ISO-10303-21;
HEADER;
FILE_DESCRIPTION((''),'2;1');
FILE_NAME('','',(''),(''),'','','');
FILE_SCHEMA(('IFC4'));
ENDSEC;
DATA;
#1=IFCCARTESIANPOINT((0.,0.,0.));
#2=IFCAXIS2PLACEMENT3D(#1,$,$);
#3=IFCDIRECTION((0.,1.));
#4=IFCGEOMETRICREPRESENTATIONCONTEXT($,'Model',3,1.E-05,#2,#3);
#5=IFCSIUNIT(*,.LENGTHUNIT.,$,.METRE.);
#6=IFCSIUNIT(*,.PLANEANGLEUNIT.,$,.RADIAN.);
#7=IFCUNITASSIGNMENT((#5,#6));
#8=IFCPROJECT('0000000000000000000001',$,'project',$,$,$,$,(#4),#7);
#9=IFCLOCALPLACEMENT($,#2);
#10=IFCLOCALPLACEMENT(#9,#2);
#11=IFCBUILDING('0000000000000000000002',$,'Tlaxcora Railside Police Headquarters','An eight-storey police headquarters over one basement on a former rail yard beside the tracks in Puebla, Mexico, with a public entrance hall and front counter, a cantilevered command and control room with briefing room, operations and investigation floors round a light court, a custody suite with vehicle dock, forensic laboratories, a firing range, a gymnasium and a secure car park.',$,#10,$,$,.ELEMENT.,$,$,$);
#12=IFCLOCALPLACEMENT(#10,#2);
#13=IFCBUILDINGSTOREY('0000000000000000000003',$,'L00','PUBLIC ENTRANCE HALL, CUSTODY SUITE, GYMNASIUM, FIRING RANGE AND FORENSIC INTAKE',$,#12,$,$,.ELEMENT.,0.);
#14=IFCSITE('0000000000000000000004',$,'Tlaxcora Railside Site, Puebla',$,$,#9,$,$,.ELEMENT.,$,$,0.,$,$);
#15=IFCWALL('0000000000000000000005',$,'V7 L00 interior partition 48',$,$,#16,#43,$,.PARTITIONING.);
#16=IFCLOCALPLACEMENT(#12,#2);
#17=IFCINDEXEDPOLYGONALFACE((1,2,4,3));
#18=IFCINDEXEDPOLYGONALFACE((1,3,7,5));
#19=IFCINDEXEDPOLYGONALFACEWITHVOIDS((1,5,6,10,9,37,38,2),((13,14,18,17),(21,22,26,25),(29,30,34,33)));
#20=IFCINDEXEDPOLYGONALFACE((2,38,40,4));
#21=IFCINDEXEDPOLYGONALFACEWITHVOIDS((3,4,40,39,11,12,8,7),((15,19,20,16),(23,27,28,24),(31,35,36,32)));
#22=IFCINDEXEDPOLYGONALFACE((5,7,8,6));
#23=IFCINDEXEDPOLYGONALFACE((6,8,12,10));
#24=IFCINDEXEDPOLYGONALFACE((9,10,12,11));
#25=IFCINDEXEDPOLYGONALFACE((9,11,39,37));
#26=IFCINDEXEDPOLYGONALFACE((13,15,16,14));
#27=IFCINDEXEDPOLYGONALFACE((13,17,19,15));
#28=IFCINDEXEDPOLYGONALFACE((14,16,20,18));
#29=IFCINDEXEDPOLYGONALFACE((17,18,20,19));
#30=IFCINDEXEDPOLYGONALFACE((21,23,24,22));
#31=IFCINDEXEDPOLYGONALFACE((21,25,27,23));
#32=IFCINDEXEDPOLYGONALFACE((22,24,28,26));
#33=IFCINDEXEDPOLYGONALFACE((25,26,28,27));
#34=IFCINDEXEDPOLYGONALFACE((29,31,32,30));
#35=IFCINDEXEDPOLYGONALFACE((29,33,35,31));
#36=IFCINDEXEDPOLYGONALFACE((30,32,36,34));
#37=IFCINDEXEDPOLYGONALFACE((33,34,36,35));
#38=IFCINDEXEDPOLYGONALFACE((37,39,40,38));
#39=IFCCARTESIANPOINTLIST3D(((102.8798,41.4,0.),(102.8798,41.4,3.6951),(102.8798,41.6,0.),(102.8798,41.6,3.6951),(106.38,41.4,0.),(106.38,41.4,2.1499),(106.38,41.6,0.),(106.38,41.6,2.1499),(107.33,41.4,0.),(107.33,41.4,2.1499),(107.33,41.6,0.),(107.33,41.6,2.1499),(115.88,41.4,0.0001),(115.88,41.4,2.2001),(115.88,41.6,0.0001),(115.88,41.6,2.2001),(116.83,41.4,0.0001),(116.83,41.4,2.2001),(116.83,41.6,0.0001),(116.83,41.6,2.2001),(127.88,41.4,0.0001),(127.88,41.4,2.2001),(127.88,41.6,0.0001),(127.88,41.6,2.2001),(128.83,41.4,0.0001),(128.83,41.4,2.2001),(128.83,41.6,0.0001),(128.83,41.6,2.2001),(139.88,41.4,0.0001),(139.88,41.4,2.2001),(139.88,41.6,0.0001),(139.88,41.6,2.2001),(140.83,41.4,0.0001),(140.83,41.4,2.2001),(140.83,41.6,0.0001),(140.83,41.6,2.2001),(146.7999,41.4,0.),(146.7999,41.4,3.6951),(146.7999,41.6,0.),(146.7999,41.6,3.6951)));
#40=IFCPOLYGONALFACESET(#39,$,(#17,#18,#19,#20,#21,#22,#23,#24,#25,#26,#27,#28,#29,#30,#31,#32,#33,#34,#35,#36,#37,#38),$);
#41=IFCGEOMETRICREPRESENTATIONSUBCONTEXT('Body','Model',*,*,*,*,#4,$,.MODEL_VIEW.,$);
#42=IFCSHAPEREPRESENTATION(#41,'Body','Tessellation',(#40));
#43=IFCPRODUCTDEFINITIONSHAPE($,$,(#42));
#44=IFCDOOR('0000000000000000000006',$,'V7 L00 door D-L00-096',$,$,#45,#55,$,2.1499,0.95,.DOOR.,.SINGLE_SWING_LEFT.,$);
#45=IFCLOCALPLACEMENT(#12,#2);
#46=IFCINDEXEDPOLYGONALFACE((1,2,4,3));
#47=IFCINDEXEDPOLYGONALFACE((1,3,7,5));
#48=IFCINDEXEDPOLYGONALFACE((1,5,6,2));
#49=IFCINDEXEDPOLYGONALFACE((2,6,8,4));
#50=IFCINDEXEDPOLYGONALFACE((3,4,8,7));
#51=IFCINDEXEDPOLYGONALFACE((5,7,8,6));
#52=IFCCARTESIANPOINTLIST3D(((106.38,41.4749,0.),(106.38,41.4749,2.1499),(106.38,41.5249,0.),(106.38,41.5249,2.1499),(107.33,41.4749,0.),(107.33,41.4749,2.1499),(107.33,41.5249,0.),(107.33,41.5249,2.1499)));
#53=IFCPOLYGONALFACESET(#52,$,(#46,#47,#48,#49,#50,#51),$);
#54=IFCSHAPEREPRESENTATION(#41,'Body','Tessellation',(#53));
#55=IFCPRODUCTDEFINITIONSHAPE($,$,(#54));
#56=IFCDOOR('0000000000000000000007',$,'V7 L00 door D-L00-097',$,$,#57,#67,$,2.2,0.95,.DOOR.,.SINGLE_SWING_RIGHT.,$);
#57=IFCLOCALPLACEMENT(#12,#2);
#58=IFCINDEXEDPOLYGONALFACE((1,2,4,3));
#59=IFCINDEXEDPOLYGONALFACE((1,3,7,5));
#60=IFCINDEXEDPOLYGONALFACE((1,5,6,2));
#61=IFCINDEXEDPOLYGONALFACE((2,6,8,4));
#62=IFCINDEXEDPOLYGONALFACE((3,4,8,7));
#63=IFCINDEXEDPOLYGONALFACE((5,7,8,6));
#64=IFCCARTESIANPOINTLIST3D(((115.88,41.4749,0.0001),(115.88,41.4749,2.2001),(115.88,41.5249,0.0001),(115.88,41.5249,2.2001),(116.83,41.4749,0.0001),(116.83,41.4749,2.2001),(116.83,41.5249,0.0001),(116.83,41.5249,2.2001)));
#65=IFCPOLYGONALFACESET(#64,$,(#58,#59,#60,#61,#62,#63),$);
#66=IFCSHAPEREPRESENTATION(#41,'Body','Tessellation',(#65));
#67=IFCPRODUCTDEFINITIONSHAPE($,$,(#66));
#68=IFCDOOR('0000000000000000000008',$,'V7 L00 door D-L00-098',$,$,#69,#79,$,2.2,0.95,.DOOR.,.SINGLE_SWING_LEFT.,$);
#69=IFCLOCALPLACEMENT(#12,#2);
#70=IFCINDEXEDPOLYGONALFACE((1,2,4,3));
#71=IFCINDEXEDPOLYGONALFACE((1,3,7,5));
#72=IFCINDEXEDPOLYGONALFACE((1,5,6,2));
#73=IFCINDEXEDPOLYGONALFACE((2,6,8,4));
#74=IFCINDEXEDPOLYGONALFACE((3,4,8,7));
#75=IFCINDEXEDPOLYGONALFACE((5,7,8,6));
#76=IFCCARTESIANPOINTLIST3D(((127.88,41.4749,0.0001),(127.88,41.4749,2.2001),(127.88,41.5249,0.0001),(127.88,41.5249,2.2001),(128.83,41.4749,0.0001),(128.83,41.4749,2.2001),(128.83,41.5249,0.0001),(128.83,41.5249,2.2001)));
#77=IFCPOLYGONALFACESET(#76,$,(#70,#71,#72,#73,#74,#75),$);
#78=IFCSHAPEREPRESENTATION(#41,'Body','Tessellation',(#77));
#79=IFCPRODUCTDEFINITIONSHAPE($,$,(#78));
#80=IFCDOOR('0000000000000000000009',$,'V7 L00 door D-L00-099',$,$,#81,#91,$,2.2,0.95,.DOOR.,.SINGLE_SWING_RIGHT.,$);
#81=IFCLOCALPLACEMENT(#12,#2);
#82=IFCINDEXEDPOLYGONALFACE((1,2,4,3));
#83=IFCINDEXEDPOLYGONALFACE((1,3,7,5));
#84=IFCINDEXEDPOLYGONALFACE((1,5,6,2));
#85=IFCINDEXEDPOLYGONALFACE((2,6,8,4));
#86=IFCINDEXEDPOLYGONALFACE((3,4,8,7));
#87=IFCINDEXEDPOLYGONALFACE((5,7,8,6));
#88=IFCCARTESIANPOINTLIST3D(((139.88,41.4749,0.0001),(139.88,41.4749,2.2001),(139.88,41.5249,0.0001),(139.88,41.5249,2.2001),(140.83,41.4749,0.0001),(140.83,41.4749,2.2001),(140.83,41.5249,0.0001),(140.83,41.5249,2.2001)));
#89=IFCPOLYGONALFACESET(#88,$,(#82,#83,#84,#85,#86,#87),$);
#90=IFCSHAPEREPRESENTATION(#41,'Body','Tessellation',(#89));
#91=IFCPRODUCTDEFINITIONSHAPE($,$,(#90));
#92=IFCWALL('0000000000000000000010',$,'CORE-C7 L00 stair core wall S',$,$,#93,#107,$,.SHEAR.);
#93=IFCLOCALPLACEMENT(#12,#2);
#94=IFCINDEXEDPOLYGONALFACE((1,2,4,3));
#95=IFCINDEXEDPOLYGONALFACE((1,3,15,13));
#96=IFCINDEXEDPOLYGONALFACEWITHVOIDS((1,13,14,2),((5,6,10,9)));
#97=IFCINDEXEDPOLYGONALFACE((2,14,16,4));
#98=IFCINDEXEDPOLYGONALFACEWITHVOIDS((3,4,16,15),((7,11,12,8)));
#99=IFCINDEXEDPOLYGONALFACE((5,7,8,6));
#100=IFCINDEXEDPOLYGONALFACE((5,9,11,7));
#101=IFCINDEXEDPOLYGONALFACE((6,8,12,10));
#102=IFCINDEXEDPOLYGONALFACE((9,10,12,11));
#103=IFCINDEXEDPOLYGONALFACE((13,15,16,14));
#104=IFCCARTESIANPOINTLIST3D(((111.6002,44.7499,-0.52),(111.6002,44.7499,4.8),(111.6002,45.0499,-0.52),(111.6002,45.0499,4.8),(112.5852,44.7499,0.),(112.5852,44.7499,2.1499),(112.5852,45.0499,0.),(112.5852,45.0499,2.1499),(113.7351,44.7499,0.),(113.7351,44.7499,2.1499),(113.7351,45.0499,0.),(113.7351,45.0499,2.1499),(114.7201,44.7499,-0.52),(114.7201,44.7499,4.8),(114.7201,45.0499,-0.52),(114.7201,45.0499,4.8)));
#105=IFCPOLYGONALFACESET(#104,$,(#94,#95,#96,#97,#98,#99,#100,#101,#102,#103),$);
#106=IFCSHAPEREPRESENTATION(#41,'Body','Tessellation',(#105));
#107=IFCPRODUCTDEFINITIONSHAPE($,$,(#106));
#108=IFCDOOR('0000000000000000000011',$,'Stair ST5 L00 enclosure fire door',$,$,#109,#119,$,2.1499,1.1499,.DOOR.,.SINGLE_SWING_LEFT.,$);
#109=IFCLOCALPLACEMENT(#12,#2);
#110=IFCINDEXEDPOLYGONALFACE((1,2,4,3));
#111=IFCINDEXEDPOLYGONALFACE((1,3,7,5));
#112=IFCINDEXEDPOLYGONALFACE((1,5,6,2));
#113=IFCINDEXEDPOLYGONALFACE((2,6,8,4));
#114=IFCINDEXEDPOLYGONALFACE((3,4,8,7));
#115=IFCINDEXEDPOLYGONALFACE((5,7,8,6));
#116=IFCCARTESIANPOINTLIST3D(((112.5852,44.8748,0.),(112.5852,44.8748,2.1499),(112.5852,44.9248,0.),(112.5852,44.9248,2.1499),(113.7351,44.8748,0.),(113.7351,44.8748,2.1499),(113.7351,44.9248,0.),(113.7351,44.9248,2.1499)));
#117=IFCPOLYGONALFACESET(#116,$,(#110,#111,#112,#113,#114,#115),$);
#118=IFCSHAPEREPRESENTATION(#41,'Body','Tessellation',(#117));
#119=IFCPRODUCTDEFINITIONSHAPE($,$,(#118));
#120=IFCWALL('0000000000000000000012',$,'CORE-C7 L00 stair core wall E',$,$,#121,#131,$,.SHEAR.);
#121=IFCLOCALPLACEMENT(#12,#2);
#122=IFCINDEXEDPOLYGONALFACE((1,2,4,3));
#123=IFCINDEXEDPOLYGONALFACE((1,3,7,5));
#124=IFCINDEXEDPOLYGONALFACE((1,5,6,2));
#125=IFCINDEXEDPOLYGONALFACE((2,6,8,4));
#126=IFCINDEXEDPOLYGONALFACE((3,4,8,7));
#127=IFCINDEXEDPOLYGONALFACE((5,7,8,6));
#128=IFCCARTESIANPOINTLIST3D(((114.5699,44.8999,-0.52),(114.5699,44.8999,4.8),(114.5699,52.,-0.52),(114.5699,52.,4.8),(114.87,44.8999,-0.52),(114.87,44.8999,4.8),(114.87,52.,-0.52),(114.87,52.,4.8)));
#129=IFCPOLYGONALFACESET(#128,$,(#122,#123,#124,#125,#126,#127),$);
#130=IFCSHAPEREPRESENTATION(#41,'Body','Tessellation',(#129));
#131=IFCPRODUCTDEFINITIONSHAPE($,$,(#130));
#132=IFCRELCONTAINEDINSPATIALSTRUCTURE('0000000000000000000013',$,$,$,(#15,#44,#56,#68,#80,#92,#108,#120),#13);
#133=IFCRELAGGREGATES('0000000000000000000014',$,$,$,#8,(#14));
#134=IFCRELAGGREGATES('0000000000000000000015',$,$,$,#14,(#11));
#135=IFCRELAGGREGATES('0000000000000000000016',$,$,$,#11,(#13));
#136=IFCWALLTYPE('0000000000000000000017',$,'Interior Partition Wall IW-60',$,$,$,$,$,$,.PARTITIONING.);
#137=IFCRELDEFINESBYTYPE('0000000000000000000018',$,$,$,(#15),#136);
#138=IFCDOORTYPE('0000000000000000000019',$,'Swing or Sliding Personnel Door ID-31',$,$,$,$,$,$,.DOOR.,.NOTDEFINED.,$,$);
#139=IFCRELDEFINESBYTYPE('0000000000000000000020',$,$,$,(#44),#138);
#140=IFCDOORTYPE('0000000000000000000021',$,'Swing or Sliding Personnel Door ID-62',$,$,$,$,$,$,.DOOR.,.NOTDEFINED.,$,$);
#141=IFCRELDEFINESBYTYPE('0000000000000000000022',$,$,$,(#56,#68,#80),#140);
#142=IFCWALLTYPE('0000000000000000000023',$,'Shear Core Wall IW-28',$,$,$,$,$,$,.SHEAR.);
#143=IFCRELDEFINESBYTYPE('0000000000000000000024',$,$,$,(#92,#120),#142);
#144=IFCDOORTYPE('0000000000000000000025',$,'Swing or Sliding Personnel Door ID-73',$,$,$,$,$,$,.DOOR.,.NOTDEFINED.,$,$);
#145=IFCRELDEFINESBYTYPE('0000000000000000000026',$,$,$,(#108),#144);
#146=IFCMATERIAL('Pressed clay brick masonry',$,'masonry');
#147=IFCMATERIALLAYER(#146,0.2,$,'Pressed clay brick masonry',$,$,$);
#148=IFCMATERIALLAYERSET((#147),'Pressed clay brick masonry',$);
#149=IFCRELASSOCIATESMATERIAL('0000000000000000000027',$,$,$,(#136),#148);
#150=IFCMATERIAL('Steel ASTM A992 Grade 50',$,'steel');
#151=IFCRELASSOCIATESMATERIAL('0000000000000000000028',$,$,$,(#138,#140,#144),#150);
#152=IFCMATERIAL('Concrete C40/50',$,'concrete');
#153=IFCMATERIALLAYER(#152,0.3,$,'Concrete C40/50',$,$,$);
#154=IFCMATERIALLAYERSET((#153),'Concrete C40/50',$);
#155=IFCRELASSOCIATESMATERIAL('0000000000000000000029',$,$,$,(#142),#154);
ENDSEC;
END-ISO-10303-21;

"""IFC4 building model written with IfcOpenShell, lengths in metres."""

from ifc_helpers import new_model, si_unit, direction, frame, frame_2d, origin, place, context, subcontext, project, spatial, rectangle, extrude, material, layer, layer_set, type_object, element, fill, save


model = new_model("IFC4")

# Units and contexts
model_context = context("Model", 3, precision=1e-05, world=origin(), true_north=direction((0.0, 1.0)))
body_context = subcontext(model_context, "Body", "Model", "MODEL_VIEW")
ifc_project = project(units=[si_unit("LENGTHUNIT", "METRE"), si_unit("PLANEANGLEUNIT", "RADIAN")], contexts=[model_context])

# Site, building, storey
site_placement = place(None, origin())
site = spatial("IfcSite", under=ifc_project, at=site_placement, Name="Tlaxcora Railside Site, Puebla", CompositionType="ELEMENT", RefElevation=0.0)
building_placement = place(site_placement, origin())
building = spatial("IfcBuilding", under=site, at=building_placement, Name="Tlaxcora Railside Police Headquarters", Description="An eight-storey police headquarters over one basement on a former rail yard beside the tracks in Puebla, Mexico, with a public entrance hall and front counter, a cantilevered command and control room with briefing room, operations and investigation floors round a light court, a custody suite with vehicle dock, forensic laboratories, a firing range, a gymnasium and a secure car park.", CompositionType="ELEMENT")
storey_placement = place(building_placement, origin())
storey = spatial("IfcBuildingStorey", under=building, at=storey_placement, Name="L00", Description="PUBLIC ENTRANCE HALL, CUSTODY SUITE, GYMNASIUM, FIRING RANGE AND FORENSIC INTAKE", CompositionType="ELEMENT", Elevation=0.0)

# Shared definitions
ifc_material_1 = material(Name="Concrete C40/50", Category="concrete")

# Shared definitions
ifc_material_2 = material(Name="Steel ASTM A992 Grade 50", Category="steel")

# Wall, openings, doors
ifc_material_3 = material(Name="Pressed clay brick masonry", Category="masonry")
ifc_layer_1 = layer(ifc_material_3, 0.2, Name="Pressed clay brick masonry")
ifc_layer_set_1 = layer_set([ifc_layer_1], Name="Pressed clay brick masonry")
wall_type_1 = type_object("IfcWallType", Name="Interior Partition Wall IW-60", PredefinedType="PARTITIONING", material=ifc_layer_set_1)
wall_1_placement = place(storey_placement, frame((102.8799, 41.5, 0.0), z_axis=(0.0, 0.0, 1.0), x_axis=(1.0, 0.0, 0.0)))
wall_1 = element("IfcWall", 1, at=wall_1_placement, inside=storey, type_object=wall_type_1, Name="V7 L00 interior partition 48", PredefinedType="PARTITIONING", context=body_context, shape_type="SweptSolid", body=[
    extrude(rectangle(XDim=43.9202, YDim=0.2, at=frame_2d((21.96, 0.0))), origin(), (0.0, 0.0, 1.0), 3.6951),
])
opening_1_placement = place(wall_1_placement, frame((3.5, 0.0, 0.0)))
opening_1 = element("IfcOpeningElement", 2, at=opening_1_placement, cuts=wall_1, PredefinedType="OPENING", context=body_context, shape_type="SweptSolid", body=[
    extrude(rectangle(XDim=0.95, YDim=2.1499, at=frame_2d((0.4751, 1.075))), frame((0.0, 0.1099, 0.0), z_axis=(0.0, -1.0, 0.0), x_axis=(1.0, 0.0, 0.0)), (0.0, 0.0, 1.0), 0.22),
])
opening_2_placement = place(wall_1_placement, frame((13.0, 0.0, 0.0)))
opening_2 = element("IfcOpeningElement", 3, at=opening_2_placement, cuts=wall_1, PredefinedType="OPENING", context=body_context, shape_type="SweptSolid", body=[
    extrude(rectangle(XDim=0.95, YDim=2.2, at=frame_2d((0.4751, 1.1001))), frame((0.0, 0.1099, 0.0), z_axis=(0.0, -1.0, 0.0), x_axis=(1.0, 0.0, 0.0)), (0.0, 0.0, 1.0), 0.22),
])
opening_3_placement = place(wall_1_placement, frame((25.0, 0.0, 0.0)))
opening_3 = element("IfcOpeningElement", 4, at=opening_3_placement, cuts=wall_1, PredefinedType="OPENING", context=body_context, shape_type="SweptSolid", body=[
    extrude(rectangle(XDim=0.95, YDim=2.2, at=frame_2d((0.4751, 1.1001))), frame((0.0, 0.1099, 0.0), z_axis=(0.0, -1.0, 0.0), x_axis=(1.0, 0.0, 0.0)), (0.0, 0.0, 1.0), 0.22),
])
opening_4_placement = place(wall_1_placement, frame((37.0, 0.0, 0.0)))
opening_4 = element("IfcOpeningElement", 5, at=opening_4_placement, cuts=wall_1, PredefinedType="OPENING", context=body_context, shape_type="SweptSolid", body=[
    extrude(rectangle(XDim=0.95, YDim=2.2, at=frame_2d((0.4751, 1.1001))), frame((0.0, 0.1099, 0.0), z_axis=(0.0, -1.0, 0.0), x_axis=(1.0, 0.0, 0.0)), (0.0, 0.0, 1.0), 0.22),
])
door_type_1 = type_object("IfcDoorType", Name="Swing or Sliding Personnel Door ID-31", OperationType="NOTDEFINED", PredefinedType="DOOR", material=ifc_material_2)
door_1_placement = place(opening_1_placement, origin())
door_1 = element("IfcDoor", 6, at=door_1_placement, inside=storey, type_object=door_type_1, Name="V7 L00 door D-L00-096", OperationType="SINGLE_SWING_LEFT", OverallHeight=2.1499, OverallWidth=0.95, PredefinedType="DOOR", context=body_context, shape_type="SweptSolid", body=[
    extrude(rectangle(XDim=0.95, YDim=2.1499, at=frame_2d((0.4751, 1.075))), frame((0.0, 0.0249, 0.0), z_axis=(0.0, -1.0, 0.0), x_axis=(1.0, 0.0, 0.0)), (0.0, 0.0, 1.0), 0.05),
])
fill(opening_1, door_1)
door_type_2 = type_object("IfcDoorType", Name="Swing or Sliding Personnel Door ID-62", OperationType="NOTDEFINED", PredefinedType="DOOR", material=ifc_material_2)
door_2_placement = place(opening_2_placement, origin())
door_2 = element("IfcDoor", 7, at=door_2_placement, inside=storey, type_object=door_type_2, Name="V7 L00 door D-L00-097", OperationType="SINGLE_SWING_RIGHT", OverallHeight=2.2, OverallWidth=0.95, PredefinedType="DOOR", context=body_context, shape_type="SweptSolid", body=[
    extrude(rectangle(XDim=0.95, YDim=2.2, at=frame_2d((0.4751, 1.1001))), frame((0.0, 0.0249, 0.0), z_axis=(0.0, -1.0, 0.0), x_axis=(1.0, 0.0, 0.0)), (0.0, 0.0, 1.0), 0.05),
])
fill(opening_2, door_2)
door_3_placement = place(opening_3_placement, origin())
door_3 = element("IfcDoor", 8, at=door_3_placement, inside=storey, type_object=door_type_2, Name="V7 L00 door D-L00-098", OperationType="SINGLE_SWING_LEFT", OverallHeight=2.2, OverallWidth=0.95, PredefinedType="DOOR", context=body_context, shape_type="SweptSolid", body=[
    extrude(rectangle(XDim=0.95, YDim=2.2, at=frame_2d((0.4751, 1.1001))), frame((0.0, 0.0249, 0.0), z_axis=(0.0, -1.0, 0.0), x_axis=(1.0, 0.0, 0.0)), (0.0, 0.0, 1.0), 0.05),
])
fill(opening_3, door_3)
door_4_placement = place(opening_4_placement, origin())
door_4 = element("IfcDoor", 9, at=door_4_placement, inside=storey, type_object=door_type_2, Name="V7 L00 door D-L00-099", OperationType="SINGLE_SWING_RIGHT", OverallHeight=2.2, OverallWidth=0.95, PredefinedType="DOOR", context=body_context, shape_type="SweptSolid", body=[
    extrude(rectangle(XDim=0.95, YDim=2.2, at=frame_2d((0.4751, 1.1001))), frame((0.0, 0.0249, 0.0), z_axis=(0.0, -1.0, 0.0), x_axis=(1.0, 0.0, 0.0)), (0.0, 0.0, 1.0), 0.05),
])
fill(opening_4, door_4)

# Wall, opening, door
ifc_layer_2 = layer(ifc_material_1, 0.3, Name="Concrete C40/50")
ifc_layer_set_2 = layer_set([ifc_layer_2], Name="Concrete C40/50")
wall_type_2 = type_object("IfcWallType", Name="Shear Core Wall IW-28", PredefinedType="SHEAR", material=ifc_layer_set_2)
wall_2_placement = place(storey_placement, frame((111.6001, 44.8999, -0.52), z_axis=(0.0, 0.0, 1.0), x_axis=(1.0, 0.0, 0.0)))
wall_2 = element("IfcWall", 10, at=wall_2_placement, inside=storey, type_object=wall_type_2, Name="CORE-C7 L00 stair core wall S", PredefinedType="SHEAR", context=body_context, shape_type="SweptSolid", body=[
    extrude(rectangle(XDim=3.1199, YDim=0.3, at=frame_2d((1.5601, 0.0))), origin(), (0.0, 0.0, 1.0), 5.3201),
])
opening_5_placement = place(wall_2_placement, frame((0.9851, 0.0, 0.52)))
opening_5 = element("IfcOpeningElement", 11, at=opening_5_placement, cuts=wall_2, PredefinedType="OPENING", context=body_context, shape_type="SweptSolid", body=[
    extrude(rectangle(XDim=1.1499, YDim=2.1499, at=frame_2d((0.575, 1.075))), frame((0.0, 0.1602, 0.0), z_axis=(0.0, -1.0, 0.0), x_axis=(1.0, 0.0, 0.0)), (0.0, 0.0, 1.0), 0.3201),
])
door_type_3 = type_object("IfcDoorType", Name="Swing or Sliding Personnel Door ID-73", OperationType="NOTDEFINED", PredefinedType="DOOR", material=ifc_material_2)
door_5_placement = place(opening_5_placement, origin())
door_5 = element("IfcDoor", 12, at=door_5_placement, inside=storey, type_object=door_type_3, Name="Stair ST5 L00 enclosure fire door", OperationType="SINGLE_SWING_LEFT", OverallHeight=2.1499, OverallWidth=1.1499, PredefinedType="DOOR", context=body_context, shape_type="SweptSolid", body=[
    extrude(rectangle(XDim=1.1499, YDim=2.1499, at=frame_2d((0.575, 1.075))), frame((0.0, 0.0249, 0.0), z_axis=(0.0, -1.0, 0.0), x_axis=(1.0, 0.0, 0.0)), (0.0, 0.0, 1.0), 0.05),
])
fill(opening_5, door_5)

# Wall
wall_3_placement = place(storey_placement, frame((114.72, 44.8999, -0.52), z_axis=(0.0, 0.0, 1.0), x_axis=(0.0, 1.0, 0.0)))
element("IfcWall", 13, at=wall_3_placement, inside=storey, type_object=wall_type_2, Name="CORE-C7 L00 stair core wall E", PredefinedType="SHEAR", context=body_context, shape_type="SweptSolid", body=[
    extrude(rectangle(XDim=7.1001, YDim=0.3, at=frame_2d((3.55, 0.0))), origin(), (0.0, 0.0, 1.0), 5.3201),
])

save(model, "model.ifc")
